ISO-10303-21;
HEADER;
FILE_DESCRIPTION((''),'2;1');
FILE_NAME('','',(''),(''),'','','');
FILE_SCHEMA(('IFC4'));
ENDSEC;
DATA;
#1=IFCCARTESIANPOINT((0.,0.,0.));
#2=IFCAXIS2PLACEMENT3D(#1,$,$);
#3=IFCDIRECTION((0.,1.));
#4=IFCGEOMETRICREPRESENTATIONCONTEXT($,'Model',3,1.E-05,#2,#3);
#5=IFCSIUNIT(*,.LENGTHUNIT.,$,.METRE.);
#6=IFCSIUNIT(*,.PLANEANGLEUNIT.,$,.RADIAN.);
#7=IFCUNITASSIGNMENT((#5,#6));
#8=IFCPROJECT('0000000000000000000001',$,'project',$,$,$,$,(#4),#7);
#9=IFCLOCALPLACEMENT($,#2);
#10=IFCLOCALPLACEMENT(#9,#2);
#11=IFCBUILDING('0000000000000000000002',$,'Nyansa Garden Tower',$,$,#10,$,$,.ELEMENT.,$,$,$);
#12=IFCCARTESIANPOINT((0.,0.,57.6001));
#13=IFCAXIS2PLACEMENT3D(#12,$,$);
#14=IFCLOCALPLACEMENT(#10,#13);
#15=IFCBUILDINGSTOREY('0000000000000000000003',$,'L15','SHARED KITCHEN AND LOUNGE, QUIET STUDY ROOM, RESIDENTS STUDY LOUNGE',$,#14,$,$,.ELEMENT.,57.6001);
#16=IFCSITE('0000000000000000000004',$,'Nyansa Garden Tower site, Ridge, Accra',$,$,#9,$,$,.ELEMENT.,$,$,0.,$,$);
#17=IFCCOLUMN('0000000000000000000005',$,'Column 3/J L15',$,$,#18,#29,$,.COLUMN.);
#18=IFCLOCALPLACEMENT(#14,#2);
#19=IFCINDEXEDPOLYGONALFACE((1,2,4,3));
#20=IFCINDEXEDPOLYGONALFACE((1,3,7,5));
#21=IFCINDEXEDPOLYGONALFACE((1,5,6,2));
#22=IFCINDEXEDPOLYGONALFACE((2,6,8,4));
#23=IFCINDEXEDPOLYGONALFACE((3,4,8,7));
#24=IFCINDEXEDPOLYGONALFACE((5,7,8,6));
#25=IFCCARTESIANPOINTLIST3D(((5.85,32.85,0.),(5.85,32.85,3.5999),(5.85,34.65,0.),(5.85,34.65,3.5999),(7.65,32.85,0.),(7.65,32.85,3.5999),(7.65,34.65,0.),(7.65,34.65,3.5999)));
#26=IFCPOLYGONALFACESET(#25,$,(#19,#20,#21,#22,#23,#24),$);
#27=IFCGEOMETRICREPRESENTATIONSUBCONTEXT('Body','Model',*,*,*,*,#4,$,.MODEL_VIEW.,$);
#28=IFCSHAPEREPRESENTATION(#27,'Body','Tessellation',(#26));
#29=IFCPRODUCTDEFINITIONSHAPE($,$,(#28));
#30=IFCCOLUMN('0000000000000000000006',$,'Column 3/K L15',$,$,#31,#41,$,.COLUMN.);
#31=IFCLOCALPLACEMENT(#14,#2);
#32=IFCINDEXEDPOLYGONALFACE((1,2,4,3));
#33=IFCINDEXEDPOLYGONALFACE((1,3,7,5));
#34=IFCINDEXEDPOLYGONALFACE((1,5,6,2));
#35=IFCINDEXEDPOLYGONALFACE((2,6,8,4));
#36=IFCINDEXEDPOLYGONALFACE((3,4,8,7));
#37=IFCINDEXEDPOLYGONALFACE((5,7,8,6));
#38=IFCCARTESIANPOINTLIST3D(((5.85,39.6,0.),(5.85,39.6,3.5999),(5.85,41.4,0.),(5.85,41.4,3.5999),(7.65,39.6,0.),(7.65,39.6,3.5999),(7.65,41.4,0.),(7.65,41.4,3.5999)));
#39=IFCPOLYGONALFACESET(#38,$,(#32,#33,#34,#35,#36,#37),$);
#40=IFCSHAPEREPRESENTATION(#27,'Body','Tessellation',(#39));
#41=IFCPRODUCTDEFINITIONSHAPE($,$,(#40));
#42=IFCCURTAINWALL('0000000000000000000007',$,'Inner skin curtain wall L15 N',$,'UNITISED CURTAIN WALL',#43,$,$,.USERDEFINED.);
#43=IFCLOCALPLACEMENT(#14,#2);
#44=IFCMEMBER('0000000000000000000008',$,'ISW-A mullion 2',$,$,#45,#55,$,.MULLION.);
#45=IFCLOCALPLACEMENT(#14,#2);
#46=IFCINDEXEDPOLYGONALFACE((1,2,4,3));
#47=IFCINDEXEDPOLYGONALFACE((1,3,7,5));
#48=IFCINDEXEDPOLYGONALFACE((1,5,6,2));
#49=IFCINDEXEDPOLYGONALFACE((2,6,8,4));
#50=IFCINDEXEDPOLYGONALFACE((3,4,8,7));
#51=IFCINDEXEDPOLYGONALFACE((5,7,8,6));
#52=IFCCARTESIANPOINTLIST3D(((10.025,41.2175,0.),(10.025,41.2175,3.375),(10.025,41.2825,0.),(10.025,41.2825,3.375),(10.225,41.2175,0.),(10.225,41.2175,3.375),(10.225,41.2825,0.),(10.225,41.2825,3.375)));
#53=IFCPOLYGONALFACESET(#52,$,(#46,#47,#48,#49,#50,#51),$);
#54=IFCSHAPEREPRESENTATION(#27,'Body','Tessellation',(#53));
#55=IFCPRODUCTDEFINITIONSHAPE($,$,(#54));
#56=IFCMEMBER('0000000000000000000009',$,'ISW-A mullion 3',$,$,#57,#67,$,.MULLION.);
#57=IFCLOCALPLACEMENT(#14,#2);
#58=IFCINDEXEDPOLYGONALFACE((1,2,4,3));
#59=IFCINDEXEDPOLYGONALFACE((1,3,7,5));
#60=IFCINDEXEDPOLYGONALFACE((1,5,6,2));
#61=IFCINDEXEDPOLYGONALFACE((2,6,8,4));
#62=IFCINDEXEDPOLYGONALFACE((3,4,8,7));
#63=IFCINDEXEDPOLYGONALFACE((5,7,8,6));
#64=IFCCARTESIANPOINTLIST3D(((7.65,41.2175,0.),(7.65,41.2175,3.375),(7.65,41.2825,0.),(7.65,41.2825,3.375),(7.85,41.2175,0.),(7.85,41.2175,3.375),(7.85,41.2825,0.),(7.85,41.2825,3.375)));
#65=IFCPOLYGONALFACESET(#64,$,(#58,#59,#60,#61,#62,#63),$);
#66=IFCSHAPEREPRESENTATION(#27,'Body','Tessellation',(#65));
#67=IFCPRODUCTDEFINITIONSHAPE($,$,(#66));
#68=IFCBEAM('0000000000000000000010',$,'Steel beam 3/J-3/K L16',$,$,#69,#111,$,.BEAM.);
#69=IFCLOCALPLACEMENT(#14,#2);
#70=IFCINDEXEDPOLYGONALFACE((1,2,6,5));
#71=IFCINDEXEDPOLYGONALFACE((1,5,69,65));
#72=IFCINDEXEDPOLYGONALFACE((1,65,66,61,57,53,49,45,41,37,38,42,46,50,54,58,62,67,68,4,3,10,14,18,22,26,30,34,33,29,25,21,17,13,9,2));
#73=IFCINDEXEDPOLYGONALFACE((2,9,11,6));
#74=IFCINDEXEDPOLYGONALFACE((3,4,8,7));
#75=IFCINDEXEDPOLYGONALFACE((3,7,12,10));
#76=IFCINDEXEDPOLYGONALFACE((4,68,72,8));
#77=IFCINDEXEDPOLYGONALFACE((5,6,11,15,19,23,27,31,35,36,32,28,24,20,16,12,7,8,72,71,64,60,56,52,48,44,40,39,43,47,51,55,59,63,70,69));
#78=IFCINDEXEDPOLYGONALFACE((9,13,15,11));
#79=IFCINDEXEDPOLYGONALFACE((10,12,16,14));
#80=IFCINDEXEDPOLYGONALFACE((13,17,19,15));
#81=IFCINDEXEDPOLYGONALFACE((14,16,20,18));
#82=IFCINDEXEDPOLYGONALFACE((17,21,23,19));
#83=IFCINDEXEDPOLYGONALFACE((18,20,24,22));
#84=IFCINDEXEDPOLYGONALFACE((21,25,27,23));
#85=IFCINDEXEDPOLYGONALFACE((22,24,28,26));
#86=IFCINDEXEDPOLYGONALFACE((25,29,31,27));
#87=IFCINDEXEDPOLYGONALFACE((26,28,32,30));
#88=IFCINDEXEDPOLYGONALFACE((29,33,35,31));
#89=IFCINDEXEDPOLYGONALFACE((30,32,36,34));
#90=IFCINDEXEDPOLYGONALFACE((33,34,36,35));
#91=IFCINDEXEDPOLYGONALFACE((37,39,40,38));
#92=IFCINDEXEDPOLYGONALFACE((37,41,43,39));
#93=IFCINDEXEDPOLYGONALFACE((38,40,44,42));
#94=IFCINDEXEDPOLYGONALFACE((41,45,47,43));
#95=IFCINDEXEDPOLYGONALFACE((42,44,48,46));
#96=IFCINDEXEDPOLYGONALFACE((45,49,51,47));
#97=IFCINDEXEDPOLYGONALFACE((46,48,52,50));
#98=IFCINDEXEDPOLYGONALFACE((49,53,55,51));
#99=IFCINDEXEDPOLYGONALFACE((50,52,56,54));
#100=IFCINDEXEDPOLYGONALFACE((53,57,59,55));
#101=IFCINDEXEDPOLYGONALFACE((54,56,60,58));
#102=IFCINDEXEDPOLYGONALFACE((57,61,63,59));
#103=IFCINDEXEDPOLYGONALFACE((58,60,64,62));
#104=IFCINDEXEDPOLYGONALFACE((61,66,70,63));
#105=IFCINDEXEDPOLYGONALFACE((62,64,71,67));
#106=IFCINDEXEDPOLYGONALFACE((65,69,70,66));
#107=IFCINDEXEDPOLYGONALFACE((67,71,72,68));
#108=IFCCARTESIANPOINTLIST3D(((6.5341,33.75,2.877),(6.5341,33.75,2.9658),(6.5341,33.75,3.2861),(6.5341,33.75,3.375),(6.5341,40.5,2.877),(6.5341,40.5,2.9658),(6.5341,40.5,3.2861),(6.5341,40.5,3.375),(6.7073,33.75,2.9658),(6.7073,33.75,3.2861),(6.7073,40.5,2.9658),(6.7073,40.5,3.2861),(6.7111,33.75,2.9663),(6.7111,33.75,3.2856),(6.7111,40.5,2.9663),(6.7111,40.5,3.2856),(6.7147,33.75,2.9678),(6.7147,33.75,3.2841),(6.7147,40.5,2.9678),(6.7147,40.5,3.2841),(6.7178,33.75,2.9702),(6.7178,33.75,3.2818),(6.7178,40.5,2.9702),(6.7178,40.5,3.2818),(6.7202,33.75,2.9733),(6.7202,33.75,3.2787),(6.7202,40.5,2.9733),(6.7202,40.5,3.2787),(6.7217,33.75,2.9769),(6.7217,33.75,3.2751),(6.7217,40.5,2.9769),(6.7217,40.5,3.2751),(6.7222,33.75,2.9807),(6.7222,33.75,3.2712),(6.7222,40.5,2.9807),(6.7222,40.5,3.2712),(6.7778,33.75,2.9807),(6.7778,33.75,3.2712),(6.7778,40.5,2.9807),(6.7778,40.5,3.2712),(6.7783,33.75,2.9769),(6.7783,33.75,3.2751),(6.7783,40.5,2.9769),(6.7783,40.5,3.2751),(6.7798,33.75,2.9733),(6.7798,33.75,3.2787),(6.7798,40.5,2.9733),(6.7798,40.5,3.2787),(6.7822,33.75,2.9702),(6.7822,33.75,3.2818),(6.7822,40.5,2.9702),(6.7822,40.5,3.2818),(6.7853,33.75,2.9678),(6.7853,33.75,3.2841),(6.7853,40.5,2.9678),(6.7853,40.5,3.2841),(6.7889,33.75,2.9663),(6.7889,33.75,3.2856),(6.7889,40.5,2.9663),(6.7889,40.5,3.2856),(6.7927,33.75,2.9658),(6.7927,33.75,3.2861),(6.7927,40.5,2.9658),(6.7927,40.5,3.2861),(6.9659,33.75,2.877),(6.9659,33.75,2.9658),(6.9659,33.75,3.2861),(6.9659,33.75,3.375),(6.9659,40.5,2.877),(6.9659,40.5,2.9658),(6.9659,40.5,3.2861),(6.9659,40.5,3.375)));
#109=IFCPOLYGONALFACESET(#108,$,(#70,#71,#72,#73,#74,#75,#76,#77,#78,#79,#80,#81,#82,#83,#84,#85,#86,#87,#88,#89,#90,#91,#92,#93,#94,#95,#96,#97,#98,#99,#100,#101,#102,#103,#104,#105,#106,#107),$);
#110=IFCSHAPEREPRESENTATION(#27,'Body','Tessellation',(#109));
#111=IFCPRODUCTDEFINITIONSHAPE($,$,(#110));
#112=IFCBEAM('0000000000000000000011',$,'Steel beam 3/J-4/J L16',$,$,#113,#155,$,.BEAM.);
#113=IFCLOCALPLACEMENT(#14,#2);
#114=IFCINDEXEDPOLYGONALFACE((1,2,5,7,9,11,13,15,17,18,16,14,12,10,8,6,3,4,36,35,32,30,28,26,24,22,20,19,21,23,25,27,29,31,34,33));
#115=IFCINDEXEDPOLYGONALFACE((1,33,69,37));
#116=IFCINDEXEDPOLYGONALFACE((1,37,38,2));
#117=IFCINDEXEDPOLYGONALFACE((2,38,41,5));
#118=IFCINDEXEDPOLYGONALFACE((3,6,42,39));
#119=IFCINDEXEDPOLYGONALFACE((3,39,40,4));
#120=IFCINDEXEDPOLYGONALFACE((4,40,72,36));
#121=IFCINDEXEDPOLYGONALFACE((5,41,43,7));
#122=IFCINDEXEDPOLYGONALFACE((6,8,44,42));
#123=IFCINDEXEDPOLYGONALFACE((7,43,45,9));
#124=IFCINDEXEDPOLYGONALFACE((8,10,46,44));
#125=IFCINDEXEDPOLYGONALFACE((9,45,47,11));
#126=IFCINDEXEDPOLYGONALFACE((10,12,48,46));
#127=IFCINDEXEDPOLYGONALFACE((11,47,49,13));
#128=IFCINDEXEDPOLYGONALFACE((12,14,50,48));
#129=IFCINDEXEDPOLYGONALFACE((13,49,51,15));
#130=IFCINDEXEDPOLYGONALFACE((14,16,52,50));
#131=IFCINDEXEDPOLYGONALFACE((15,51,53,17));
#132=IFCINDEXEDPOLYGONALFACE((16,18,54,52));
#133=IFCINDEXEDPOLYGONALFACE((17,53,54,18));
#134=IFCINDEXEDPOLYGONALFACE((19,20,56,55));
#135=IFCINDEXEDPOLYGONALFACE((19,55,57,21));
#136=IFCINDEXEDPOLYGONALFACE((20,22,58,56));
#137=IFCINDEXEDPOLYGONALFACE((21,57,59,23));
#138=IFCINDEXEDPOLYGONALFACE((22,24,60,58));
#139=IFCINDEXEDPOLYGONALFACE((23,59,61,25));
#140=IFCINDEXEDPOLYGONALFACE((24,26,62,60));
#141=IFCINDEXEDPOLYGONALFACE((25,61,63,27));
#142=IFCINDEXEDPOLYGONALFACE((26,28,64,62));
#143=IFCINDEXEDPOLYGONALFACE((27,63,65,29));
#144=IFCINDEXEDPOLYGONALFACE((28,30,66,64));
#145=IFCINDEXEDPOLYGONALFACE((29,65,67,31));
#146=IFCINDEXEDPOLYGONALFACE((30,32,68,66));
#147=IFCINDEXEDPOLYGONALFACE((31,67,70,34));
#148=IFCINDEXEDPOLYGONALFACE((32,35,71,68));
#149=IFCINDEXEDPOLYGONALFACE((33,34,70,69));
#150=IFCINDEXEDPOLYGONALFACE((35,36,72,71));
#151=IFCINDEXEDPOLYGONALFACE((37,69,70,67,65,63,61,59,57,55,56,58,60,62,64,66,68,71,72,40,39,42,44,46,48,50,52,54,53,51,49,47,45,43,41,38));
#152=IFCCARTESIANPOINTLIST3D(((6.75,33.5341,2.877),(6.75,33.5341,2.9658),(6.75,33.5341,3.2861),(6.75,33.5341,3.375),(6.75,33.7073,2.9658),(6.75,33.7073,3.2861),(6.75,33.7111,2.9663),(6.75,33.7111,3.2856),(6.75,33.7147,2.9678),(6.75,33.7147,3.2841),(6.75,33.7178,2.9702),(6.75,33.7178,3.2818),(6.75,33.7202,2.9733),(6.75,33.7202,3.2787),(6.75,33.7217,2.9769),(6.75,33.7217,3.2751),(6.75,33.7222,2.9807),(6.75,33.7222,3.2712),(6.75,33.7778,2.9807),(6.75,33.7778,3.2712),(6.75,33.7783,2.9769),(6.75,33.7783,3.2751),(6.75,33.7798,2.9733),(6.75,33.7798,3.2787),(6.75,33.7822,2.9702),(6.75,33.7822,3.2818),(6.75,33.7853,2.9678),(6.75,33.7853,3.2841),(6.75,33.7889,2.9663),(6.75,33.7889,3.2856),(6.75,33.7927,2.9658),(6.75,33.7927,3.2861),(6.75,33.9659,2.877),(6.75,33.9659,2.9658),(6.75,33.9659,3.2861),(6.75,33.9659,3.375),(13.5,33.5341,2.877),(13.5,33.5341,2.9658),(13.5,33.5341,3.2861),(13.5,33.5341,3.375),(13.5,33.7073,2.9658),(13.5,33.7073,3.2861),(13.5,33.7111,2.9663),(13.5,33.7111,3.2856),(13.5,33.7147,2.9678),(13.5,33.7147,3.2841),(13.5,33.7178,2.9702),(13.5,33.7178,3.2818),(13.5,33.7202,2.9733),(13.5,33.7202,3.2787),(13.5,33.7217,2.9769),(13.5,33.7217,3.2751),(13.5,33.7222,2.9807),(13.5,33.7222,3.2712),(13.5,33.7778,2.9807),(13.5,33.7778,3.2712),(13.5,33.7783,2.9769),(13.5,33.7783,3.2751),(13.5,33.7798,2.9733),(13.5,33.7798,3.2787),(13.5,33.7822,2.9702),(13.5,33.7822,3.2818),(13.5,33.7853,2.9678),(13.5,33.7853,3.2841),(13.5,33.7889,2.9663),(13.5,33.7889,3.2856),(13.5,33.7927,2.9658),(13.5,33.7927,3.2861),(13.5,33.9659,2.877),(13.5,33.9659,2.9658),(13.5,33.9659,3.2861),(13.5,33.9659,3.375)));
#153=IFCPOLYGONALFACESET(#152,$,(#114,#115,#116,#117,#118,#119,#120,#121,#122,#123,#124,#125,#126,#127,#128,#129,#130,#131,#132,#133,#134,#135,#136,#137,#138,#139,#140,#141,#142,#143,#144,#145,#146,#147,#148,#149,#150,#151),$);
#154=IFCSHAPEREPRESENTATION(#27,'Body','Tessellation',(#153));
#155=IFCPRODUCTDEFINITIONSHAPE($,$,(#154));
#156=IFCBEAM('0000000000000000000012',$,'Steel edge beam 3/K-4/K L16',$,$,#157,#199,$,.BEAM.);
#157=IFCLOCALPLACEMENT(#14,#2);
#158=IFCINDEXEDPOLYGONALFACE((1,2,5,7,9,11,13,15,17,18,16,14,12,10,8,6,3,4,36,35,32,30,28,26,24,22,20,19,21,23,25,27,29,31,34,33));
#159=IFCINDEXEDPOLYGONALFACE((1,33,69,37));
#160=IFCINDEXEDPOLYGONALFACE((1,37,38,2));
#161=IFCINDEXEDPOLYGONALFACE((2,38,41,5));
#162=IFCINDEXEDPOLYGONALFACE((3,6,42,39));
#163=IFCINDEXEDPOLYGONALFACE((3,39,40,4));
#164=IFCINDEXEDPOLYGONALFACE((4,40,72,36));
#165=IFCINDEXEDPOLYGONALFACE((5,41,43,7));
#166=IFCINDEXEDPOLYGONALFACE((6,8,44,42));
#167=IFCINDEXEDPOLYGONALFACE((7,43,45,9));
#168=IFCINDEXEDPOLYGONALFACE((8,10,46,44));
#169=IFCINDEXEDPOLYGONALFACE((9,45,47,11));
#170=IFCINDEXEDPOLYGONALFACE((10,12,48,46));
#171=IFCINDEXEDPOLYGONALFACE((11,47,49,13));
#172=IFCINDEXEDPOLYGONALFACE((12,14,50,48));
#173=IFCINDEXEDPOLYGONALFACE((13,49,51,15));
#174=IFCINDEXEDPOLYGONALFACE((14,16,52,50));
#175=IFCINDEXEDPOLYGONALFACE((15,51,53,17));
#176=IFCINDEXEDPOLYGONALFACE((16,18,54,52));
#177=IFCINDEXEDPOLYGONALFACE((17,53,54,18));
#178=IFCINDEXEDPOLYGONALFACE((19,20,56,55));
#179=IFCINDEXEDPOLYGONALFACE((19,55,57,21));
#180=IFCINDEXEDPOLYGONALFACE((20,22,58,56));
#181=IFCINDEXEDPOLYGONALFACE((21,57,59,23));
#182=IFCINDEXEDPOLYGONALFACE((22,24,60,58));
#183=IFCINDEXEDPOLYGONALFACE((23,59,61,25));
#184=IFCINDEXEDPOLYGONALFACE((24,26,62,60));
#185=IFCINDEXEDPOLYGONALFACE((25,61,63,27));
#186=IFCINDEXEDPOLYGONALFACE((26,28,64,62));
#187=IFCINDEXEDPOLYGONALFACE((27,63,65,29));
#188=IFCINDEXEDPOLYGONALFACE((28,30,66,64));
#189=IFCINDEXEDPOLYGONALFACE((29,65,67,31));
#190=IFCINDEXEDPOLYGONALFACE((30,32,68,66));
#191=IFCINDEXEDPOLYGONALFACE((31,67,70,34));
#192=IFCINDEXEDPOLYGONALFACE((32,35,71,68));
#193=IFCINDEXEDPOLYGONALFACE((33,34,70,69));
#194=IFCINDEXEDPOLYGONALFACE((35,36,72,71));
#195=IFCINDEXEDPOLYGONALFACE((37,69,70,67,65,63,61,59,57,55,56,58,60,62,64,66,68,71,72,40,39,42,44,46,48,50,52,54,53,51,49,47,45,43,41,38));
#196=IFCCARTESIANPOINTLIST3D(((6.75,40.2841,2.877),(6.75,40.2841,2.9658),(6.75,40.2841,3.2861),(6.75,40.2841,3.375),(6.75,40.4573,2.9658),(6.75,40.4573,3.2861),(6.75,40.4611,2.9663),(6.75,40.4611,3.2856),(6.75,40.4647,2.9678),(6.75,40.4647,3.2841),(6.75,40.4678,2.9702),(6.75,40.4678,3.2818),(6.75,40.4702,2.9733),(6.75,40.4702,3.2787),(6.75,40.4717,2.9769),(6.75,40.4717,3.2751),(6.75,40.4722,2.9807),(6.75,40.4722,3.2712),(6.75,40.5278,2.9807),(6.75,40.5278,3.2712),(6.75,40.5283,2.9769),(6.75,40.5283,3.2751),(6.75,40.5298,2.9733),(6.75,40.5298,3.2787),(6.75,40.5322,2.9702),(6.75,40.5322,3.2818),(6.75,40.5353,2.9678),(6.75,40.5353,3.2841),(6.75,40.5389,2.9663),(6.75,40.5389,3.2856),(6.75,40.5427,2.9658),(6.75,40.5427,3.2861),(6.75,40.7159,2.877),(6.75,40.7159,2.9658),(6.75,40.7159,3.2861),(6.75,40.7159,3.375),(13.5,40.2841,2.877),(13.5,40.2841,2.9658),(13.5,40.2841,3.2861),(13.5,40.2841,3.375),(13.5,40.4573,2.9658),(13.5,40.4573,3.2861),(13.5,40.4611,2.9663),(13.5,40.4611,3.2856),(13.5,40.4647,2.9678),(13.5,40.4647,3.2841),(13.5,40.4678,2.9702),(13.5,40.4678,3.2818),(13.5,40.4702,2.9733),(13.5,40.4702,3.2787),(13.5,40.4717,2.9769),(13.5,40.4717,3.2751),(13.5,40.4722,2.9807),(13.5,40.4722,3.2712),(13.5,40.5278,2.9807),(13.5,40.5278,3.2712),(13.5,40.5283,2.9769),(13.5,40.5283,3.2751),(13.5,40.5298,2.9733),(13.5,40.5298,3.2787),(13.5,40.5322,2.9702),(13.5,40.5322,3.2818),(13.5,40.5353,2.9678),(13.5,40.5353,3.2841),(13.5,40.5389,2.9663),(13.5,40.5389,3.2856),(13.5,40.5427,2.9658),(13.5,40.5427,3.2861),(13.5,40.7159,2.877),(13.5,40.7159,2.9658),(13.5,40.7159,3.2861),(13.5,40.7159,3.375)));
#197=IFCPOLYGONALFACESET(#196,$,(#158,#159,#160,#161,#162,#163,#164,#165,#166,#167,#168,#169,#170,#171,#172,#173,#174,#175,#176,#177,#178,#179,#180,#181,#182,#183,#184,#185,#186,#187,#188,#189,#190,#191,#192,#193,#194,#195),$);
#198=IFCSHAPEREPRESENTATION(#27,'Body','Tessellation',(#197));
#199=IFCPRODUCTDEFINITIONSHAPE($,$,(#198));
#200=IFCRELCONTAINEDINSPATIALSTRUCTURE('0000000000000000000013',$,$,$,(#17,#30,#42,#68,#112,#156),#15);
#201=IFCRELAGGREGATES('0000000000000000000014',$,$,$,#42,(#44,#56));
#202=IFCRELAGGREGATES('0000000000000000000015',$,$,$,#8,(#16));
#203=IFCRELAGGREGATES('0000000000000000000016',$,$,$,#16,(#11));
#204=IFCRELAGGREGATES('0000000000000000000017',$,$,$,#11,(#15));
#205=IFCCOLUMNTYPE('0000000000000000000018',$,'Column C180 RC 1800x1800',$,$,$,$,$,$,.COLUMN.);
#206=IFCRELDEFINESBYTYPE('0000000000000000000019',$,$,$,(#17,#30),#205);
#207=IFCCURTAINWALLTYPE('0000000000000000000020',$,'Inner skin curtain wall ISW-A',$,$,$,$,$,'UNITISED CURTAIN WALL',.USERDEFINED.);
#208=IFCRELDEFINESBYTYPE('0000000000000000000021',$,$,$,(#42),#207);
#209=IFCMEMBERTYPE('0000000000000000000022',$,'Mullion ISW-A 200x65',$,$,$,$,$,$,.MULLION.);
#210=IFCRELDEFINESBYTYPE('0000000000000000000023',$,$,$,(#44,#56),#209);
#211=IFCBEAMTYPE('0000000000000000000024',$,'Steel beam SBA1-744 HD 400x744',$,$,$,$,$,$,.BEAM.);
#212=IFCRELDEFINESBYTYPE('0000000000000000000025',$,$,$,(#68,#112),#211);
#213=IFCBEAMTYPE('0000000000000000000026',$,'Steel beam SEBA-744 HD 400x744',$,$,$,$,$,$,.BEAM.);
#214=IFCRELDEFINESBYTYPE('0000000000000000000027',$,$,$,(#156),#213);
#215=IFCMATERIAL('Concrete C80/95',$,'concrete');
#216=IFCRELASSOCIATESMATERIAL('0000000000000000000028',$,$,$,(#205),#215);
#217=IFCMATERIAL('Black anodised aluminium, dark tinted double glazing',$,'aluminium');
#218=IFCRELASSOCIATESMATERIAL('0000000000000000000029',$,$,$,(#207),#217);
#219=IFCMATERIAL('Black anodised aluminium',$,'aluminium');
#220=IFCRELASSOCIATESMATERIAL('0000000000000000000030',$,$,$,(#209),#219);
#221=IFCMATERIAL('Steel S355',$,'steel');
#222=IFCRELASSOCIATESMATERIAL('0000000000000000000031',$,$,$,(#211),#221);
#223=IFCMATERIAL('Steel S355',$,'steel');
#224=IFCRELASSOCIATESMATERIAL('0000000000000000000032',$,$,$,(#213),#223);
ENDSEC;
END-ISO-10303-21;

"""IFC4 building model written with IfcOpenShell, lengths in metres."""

from ifc_helpers import new_model, si_unit, direction, frame, origin, origin_2d, place, context, subcontext, project, spatial, rectangle, i_section, extrude, material, material_profile, profile_set, type_object, element, aggregate, save


model = new_model("IFC4")

# Units and contexts
model_context = context("Model", 3, precision=1e-05, world=origin(), true_north=direction((0.0, 1.0)))
body_context = subcontext(model_context, "Body", "Model", "MODEL_VIEW")
ifc_project = project(units=[si_unit("LENGTHUNIT", "METRE"), si_unit("PLANEANGLEUNIT", "RADIAN")], contexts=[model_context])

# Site, building, storey
site_placement = place(None, origin())
site = spatial("IfcSite", under=ifc_project, at=site_placement, Name="Nyansa Garden Tower site, Ridge, Accra", CompositionType="ELEMENT", RefElevation=0.0)
building_placement = place(site_placement, origin())
building = spatial("IfcBuilding", under=site, at=building_placement, Name="Nyansa Garden Tower", CompositionType="ELEMENT")
storey_placement = place(building_placement, frame((0.0, 0.0, 57.6001)))
storey = spatial("IfcBuildingStorey", under=building, at=storey_placement, Name="L15", Description="SHARED KITCHEN AND LOUNGE, QUIET STUDY ROOM, RESIDENTS STUDY LOUNGE", CompositionType="ELEMENT", Elevation=57.6001)

# Columns
ifc_material_1 = material(Name="Concrete C80/95", Category="concrete")
ifc_material_profile_1 = material_profile(ifc_material_1, rectangle(XDim=1.8, YDim=1.8, at=origin_2d()), Name="RC 1800x1800")
ifc_profile_set_1 = profile_set([ifc_material_profile_1], Name="Concrete C80/95")
column_type = type_object("IfcColumnType", Name="Column C180 RC 1800x1800", PredefinedType="COLUMN", material=ifc_profile_set_1)
for number, where, z_axis, x_axis, name in (
    (1, (6.75, 33.75, 0.0), (0.0, 0.0, 1.0), (1.0, 0.0, 0.0), "Column 3/J L15"),
    (2, (6.75, 40.5, 0.0), (0.0, 0.0, 1.0), (1.0, 0.0, 0.0), "Column 3/K L15"),
):
    element("IfcColumn", number, at=place(storey_placement, frame(where, z_axis=z_axis, x_axis=x_axis)), inside=storey, type_object=column_type, Name=name, PredefinedType="COLUMN", context=body_context, shape_type="SweptSolid", body=[
        extrude(rectangle(XDim=1.8, YDim=1.8, at=origin_2d()), origin(), (0.0, 0.0, 1.0), 3.5999),
    ])

# Curtain wall, members
ifc_material_2 = material(Name="Black anodised aluminium, dark tinted double glazing", Category="aluminium")
curtain_wall_type = type_object("IfcCurtainWallType", Name="Inner skin curtain wall ISW-A", ElementType="UNITISED CURTAIN WALL", PredefinedType="USERDEFINED", material=ifc_material_2)
curtain_wall_placement = place(storey_placement, origin())
curtain_wall = element("IfcCurtainWall", 3, at=curtain_wall_placement, inside=storey, type_object=curtain_wall_type, Name="Inner skin curtain wall L15 N", ObjectType="UNITISED CURTAIN WALL", PredefinedType="USERDEFINED")
ifc_material_3 = material(Name="Black anodised aluminium", Category="aluminium")
ifc_material_profile_2 = material_profile(ifc_material_3, rectangle(XDim=0.0649, YDim=0.2, at=origin_2d()), Name="Mullion 200x65")
ifc_profile_set_2 = profile_set([ifc_material_profile_2], Name="Black anodised aluminium")
member_type_1 = type_object("IfcMemberType", Name="Mullion ISW-A 200x65", PredefinedType="MULLION", material=ifc_profile_set_2)
member_1_placement = place(storey_placement, frame((10.125, 41.25, 0.0), z_axis=(0.0, 0.0, 1.0), x_axis=(0.0, -1.0, 0.0)))
member_1 = element("IfcMember", 4, at=member_1_placement, type_object=member_type_1, Name="ISW-A mullion 2", PredefinedType="MULLION", context=body_context, shape_type="SweptSolid", body=[
    extrude(rectangle(XDim=0.0649, YDim=0.2, at=origin_2d()), origin(), (0.0, 0.0, 1.0), 3.375),
])
member_2_placement = place(storey_placement, frame((7.75, 41.25, 0.0), z_axis=(0.0, 0.0, 1.0), x_axis=(0.0, -1.0, 0.0)))
member_2 = element("IfcMember", 5, at=member_2_placement, type_object=member_type_1, Name="ISW-A mullion 3", PredefinedType="MULLION", context=body_context, shape_type="SweptSolid", body=[
    extrude(rectangle(XDim=0.0649, YDim=0.2, at=origin_2d()), origin(), (0.0, 0.0, 1.0), 3.375),
])

# Beams
ifc_material_4 = material(Name="Steel S355", Category="steel")
ifc_material_profile_3 = material_profile(ifc_material_4, i_section(OverallWidth=0.4319, OverallDepth=0.498, WebThickness=0.0557, FlangeThickness=0.0889, FilletRadius=0.0149, at=origin_2d()), Name="HD 400x744")
ifc_profile_set_3 = profile_set([ifc_material_profile_3], Name="Steel S355")
beam_type_1 = type_object("IfcBeamType", Name="Steel beam SBA1-744 HD 400x744", PredefinedType="BEAM", material=ifc_profile_set_3)
for number, where, z_axis, x_axis, name in (
    (6, (6.75, 33.75, 3.126), (0.0, 1.0, 0.0), (-1.0, 0.0, 0.0), "Steel beam 3/J-3/K L16"),
    (7, (6.75, 33.75, 3.126), (1.0, 0.0, 0.0), (0.0, 1.0, 0.0), "Steel beam 3/J-4/J L16"),
):
    element("IfcBeam", number, at=place(storey_placement, frame(where, z_axis=z_axis, x_axis=x_axis)), inside=storey, type_object=beam_type_1, Name=name, PredefinedType="BEAM", context=body_context, shape_type="SweptSolid", body=[
        extrude(i_section(OverallWidth=0.4319, OverallDepth=0.498, WebThickness=0.0557, FlangeThickness=0.0889, FilletRadius=0.0149, at=origin_2d()), origin(), (0.0, 0.0, 1.0), 6.75),
    ])
ifc_material_5 = material(Name="Steel S355", Category="steel")
ifc_material_profile_4 = material_profile(ifc_material_5, i_section(OverallWidth=0.4319, OverallDepth=0.498, WebThickness=0.0557, FlangeThickness=0.0889, FilletRadius=0.0149, at=origin_2d()), Name="HD 400x744")
ifc_profile_set_4 = profile_set([ifc_material_profile_4], Name="Steel S355")
beam_type_2 = type_object("IfcBeamType", Name="Steel beam SEBA-744 HD 400x744", PredefinedType="BEAM", material=ifc_profile_set_4)
beam_placement = place(storey_placement, frame((6.75, 40.5, 3.126), z_axis=(1.0, 0.0, 0.0), x_axis=(0.0, 1.0, 0.0)))
element("IfcBeam", 8, at=beam_placement, inside=storey, type_object=beam_type_2, Name="Steel edge beam 3/K-4/K L16", PredefinedType="BEAM", context=body_context, shape_type="SweptSolid", body=[
    extrude(i_section(OverallWidth=0.4319, OverallDepth=0.498, WebThickness=0.0557, FlangeThickness=0.0889, FilletRadius=0.0149, at=origin_2d()), origin(), (0.0, 0.0, 1.0), 6.75),
])

aggregate(curtain_wall, [member_1, member_2])

save(model, "model.ifc")
